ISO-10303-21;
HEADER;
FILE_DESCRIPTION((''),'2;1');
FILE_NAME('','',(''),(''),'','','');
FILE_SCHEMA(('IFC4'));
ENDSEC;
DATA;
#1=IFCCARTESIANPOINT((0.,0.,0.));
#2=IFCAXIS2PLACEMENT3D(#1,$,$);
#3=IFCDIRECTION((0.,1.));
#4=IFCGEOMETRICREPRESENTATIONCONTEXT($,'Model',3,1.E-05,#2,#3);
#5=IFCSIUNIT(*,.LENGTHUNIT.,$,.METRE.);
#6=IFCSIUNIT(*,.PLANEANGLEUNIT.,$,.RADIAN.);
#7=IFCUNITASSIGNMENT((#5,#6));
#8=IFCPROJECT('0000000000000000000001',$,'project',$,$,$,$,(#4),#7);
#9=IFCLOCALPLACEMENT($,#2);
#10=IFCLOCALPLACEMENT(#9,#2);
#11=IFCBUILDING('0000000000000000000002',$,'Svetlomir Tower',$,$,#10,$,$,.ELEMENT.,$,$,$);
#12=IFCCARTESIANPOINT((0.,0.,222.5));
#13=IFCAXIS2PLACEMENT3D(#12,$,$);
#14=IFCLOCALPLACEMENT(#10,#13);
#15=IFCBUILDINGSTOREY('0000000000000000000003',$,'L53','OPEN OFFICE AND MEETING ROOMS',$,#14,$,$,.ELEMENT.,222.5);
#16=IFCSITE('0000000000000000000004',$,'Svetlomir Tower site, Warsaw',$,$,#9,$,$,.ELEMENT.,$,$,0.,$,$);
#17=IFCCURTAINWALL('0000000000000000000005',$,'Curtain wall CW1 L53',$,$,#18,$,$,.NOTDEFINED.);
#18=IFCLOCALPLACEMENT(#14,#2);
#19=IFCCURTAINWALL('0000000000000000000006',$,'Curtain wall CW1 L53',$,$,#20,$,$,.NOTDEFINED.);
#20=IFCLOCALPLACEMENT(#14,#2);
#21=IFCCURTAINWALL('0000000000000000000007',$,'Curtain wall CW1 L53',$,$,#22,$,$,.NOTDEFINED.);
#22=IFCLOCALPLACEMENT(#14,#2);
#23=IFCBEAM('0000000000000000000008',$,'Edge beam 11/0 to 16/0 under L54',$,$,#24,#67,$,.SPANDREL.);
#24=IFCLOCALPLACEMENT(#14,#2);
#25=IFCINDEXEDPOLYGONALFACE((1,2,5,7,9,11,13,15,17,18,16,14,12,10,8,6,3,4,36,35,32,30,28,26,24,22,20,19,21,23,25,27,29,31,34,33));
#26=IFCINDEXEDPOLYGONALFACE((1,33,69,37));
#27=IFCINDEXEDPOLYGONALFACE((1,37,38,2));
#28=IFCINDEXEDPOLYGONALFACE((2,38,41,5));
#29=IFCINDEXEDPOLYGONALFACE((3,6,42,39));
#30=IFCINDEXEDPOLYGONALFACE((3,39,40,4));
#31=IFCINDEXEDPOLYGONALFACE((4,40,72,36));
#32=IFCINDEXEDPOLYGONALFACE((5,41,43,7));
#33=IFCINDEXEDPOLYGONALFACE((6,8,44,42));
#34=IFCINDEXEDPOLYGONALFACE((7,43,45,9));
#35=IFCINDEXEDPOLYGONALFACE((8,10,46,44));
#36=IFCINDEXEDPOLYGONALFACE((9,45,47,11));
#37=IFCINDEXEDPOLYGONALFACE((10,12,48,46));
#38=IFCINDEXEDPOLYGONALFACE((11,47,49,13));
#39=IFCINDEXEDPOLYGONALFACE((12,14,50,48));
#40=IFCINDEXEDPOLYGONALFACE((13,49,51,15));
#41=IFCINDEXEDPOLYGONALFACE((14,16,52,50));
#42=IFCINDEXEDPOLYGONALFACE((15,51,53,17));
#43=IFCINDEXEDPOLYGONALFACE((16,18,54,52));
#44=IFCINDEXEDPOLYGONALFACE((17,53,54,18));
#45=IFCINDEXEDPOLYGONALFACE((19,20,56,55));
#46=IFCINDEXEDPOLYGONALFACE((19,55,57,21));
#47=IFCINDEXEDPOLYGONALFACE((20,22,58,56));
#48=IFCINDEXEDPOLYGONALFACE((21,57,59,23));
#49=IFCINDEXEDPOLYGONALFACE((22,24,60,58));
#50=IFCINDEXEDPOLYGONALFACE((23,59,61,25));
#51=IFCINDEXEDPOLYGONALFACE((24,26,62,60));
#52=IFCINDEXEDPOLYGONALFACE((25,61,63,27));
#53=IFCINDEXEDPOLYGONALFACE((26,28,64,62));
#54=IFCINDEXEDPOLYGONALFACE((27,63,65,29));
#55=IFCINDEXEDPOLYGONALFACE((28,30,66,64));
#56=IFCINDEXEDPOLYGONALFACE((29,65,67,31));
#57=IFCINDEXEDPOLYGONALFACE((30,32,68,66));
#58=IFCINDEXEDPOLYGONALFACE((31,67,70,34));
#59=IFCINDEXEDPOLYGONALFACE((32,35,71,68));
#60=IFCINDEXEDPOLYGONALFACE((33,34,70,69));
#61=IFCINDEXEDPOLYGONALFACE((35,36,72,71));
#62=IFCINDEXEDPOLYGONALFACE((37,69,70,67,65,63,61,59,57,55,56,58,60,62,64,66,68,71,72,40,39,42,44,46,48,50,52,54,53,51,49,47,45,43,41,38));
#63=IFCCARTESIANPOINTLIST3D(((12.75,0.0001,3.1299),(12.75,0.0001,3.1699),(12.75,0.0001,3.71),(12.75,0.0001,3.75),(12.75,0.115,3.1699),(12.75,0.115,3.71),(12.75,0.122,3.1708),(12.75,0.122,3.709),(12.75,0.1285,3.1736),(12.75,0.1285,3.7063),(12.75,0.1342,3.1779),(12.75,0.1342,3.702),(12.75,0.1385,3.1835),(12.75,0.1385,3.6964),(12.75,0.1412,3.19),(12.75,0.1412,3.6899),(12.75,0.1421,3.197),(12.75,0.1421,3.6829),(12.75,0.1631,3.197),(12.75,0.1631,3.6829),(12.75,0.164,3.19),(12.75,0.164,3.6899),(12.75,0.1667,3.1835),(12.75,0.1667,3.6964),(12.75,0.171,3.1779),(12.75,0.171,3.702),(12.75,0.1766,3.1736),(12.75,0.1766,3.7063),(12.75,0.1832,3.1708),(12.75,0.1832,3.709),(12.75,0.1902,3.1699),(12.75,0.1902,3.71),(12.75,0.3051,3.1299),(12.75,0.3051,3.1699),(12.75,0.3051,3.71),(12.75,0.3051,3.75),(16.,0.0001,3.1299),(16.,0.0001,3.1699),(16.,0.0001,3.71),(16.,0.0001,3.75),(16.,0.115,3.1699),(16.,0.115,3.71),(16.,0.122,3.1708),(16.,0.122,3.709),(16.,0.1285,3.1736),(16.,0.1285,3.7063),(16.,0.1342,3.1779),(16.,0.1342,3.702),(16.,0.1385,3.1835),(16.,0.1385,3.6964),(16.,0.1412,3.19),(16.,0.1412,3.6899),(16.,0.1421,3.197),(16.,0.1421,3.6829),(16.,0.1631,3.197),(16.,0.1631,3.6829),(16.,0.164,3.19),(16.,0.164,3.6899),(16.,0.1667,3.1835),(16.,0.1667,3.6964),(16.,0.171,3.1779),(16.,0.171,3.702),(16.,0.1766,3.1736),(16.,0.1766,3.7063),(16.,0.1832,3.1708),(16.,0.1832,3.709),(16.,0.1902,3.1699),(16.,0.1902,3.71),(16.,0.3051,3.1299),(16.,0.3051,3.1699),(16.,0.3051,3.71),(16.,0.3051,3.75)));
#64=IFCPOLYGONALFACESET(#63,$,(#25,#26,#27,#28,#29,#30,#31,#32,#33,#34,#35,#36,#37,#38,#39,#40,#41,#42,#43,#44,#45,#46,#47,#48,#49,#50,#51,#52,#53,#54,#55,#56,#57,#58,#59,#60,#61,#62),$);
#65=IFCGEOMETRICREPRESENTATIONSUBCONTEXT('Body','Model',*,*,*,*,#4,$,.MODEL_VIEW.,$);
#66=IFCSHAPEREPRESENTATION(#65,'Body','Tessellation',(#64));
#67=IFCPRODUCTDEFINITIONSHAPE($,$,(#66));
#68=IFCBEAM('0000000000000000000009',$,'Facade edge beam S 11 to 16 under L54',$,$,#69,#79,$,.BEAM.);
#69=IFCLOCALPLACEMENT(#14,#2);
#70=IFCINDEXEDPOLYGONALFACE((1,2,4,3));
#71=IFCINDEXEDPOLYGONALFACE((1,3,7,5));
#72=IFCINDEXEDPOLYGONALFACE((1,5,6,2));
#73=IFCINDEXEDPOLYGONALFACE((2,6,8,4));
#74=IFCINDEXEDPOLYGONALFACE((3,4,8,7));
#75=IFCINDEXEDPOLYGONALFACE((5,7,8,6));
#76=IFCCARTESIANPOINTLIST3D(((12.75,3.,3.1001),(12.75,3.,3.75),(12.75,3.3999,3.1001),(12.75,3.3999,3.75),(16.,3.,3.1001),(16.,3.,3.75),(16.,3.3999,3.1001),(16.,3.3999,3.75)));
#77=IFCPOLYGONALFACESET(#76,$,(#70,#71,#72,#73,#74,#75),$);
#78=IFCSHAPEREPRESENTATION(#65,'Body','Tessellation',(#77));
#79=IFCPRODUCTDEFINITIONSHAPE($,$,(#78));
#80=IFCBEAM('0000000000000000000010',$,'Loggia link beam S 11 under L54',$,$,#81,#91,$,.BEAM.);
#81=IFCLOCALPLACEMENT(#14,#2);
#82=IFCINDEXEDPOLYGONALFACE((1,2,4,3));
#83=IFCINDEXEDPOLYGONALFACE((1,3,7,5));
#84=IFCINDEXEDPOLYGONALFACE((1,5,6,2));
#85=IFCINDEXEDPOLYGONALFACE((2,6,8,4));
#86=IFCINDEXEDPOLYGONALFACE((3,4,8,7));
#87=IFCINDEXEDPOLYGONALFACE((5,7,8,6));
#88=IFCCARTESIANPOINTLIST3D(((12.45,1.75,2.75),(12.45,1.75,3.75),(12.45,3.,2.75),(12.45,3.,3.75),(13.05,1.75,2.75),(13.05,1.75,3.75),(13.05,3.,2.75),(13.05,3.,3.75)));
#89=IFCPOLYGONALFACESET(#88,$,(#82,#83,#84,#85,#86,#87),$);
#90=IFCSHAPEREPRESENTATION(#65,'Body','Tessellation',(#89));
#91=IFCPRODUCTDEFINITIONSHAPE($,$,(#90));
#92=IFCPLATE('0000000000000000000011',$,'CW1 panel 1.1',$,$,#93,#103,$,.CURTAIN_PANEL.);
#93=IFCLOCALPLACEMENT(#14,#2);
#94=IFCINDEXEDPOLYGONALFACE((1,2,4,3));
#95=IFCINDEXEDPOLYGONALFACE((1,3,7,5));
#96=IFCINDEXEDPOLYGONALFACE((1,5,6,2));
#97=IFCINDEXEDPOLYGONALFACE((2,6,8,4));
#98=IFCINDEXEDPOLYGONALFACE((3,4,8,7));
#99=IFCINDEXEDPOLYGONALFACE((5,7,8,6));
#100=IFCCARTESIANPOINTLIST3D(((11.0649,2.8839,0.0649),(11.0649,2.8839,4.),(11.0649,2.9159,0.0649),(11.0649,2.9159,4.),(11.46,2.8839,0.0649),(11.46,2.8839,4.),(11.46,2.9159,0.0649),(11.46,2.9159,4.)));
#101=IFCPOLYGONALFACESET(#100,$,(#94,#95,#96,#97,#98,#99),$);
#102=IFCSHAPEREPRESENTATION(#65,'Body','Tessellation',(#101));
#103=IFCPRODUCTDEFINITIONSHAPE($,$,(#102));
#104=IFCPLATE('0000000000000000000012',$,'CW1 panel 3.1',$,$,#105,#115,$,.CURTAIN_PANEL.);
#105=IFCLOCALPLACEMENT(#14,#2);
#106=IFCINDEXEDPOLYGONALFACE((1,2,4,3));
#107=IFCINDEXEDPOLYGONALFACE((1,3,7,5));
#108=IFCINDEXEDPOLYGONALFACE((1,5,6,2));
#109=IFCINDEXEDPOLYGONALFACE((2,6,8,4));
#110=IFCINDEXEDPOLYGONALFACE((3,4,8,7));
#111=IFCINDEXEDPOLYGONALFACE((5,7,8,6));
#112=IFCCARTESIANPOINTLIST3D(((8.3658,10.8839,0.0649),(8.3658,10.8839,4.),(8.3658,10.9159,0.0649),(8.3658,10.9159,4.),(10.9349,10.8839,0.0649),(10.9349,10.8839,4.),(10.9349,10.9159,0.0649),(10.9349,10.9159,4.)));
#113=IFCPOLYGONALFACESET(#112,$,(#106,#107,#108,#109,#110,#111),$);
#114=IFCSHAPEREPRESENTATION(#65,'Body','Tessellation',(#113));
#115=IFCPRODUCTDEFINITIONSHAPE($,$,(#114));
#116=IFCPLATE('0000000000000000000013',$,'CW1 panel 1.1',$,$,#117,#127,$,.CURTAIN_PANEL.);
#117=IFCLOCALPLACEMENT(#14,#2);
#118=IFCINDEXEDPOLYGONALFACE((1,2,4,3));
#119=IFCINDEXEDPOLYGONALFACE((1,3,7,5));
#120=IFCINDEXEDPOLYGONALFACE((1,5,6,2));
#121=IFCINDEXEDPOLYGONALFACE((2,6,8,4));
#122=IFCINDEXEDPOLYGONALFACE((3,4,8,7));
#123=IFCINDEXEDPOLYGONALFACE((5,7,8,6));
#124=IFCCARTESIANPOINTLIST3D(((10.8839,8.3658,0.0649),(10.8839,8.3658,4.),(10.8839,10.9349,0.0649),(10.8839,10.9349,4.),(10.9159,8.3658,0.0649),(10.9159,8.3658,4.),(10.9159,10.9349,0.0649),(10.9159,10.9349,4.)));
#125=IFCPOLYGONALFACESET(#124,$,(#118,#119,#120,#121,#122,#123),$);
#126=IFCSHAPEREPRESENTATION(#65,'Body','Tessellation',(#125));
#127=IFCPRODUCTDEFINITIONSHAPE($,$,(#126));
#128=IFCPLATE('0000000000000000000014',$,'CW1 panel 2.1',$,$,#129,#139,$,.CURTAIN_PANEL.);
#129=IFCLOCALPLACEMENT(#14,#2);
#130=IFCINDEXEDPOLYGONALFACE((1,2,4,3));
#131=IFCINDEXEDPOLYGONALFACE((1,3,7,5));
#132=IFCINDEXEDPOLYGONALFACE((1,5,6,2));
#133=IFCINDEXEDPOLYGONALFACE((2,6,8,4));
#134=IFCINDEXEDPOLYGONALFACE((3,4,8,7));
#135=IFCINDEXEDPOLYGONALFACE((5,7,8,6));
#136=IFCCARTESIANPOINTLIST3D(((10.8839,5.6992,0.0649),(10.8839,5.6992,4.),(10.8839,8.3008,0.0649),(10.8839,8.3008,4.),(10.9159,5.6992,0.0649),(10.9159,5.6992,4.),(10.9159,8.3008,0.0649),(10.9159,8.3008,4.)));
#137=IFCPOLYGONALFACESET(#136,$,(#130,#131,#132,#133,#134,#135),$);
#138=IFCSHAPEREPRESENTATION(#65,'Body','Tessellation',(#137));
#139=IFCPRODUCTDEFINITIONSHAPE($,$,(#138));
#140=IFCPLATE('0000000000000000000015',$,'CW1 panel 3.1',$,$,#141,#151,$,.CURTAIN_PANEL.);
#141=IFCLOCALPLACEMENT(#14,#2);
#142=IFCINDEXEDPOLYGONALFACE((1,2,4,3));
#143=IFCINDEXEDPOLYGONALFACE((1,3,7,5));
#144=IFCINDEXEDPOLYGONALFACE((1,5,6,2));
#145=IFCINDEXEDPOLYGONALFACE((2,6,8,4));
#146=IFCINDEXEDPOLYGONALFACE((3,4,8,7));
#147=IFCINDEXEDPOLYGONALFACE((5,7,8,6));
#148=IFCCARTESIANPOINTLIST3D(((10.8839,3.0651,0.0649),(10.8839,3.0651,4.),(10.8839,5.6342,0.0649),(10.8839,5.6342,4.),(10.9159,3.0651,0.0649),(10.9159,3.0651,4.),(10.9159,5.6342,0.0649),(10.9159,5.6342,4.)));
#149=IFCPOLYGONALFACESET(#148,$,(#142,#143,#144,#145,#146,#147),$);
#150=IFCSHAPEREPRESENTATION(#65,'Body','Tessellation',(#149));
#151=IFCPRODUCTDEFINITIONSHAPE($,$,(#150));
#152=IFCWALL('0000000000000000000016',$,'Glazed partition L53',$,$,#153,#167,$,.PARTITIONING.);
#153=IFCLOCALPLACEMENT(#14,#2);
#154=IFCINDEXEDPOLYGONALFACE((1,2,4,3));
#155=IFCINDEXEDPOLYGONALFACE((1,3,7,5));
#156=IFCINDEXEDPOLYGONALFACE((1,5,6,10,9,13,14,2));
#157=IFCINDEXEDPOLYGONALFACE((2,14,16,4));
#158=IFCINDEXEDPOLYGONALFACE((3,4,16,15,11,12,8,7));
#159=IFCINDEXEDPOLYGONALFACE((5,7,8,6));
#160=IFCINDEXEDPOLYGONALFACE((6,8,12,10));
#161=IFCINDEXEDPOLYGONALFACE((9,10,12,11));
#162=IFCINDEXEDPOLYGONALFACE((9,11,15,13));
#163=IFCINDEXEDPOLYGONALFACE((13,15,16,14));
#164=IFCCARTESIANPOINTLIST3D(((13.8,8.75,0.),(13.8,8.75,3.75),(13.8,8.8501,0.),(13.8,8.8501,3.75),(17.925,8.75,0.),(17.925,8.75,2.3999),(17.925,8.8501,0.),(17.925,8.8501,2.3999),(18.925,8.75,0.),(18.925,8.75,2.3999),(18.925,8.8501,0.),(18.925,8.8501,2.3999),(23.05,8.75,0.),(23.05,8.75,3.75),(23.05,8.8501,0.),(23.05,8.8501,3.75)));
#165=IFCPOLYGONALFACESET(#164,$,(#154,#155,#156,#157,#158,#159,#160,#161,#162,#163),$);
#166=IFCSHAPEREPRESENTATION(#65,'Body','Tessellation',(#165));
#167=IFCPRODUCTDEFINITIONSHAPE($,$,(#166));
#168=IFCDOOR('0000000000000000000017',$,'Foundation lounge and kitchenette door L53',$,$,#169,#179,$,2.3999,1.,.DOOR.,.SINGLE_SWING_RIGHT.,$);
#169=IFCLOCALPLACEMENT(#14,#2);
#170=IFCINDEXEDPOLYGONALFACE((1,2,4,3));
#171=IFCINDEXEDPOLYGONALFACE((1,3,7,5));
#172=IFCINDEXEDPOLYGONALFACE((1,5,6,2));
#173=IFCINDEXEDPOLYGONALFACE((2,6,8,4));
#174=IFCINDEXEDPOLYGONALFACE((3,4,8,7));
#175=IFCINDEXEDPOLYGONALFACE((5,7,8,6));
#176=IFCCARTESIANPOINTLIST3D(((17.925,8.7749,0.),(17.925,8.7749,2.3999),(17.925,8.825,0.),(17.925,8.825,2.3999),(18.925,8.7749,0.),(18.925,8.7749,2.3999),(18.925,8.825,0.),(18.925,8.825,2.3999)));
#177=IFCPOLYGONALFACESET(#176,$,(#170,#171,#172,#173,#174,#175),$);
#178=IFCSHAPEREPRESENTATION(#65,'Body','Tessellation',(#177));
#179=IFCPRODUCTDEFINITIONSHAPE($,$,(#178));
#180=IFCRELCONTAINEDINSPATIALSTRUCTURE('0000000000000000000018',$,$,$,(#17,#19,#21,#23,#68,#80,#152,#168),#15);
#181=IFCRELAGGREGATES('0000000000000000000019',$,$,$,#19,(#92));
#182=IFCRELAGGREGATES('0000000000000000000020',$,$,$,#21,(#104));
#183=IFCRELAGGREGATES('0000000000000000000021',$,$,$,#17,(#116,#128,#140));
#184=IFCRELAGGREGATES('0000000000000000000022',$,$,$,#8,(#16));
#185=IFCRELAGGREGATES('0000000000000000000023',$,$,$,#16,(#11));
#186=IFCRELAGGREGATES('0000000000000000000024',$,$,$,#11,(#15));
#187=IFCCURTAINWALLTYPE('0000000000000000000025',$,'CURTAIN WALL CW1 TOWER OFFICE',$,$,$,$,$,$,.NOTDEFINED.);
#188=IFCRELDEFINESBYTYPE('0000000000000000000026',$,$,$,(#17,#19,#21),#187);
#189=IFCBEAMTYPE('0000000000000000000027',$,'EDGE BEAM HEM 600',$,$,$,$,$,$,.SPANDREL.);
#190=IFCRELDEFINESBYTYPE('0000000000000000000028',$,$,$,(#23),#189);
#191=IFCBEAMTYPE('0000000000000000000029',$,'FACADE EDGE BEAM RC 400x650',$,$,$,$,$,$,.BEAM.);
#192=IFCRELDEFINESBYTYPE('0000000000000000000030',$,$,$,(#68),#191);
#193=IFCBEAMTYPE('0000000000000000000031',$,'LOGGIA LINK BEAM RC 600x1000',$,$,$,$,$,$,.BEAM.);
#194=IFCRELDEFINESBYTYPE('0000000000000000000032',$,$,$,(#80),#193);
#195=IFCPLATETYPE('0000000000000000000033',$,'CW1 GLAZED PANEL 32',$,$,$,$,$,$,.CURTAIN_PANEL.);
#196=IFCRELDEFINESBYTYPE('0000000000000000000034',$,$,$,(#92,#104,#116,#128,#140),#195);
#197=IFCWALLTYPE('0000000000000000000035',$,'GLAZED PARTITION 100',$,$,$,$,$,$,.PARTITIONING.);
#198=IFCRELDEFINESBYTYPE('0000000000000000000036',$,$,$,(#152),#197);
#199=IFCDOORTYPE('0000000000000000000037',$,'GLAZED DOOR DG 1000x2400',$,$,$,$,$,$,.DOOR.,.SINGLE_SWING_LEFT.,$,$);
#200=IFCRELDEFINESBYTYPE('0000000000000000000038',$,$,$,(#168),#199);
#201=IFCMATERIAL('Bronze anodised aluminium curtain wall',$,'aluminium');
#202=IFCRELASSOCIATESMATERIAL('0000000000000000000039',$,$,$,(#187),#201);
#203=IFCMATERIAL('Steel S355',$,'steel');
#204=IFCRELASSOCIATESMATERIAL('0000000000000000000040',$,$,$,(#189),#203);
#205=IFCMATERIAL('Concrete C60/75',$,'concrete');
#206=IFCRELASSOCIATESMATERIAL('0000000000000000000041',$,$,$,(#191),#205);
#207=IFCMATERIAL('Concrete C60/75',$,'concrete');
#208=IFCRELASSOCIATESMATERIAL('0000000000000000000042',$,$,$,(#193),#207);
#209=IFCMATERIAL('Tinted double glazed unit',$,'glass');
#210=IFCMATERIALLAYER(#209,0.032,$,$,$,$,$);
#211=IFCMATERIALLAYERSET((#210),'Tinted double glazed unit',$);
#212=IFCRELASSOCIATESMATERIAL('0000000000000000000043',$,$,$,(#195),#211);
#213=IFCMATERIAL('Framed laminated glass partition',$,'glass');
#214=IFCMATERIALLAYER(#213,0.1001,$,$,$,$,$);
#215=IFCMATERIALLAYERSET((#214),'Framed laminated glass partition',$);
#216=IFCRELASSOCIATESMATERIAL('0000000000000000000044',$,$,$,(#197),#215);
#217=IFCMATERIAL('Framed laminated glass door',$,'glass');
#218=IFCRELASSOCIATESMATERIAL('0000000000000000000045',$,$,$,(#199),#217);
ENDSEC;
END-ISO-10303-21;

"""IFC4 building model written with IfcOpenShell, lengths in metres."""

from ifc_helpers import new_model, si_unit, direction, frame, frame_2d, origin, origin_2d, place, context, subcontext, project, spatial, rectangle, i_section, extrude, material, layer, layer_set, material_profile, profile_set, type_object, element, fill, aggregate, save


model = new_model("IFC4")

# Units and contexts
model_context = context("Model", 3, precision=1e-05, world=origin(), true_north=direction((0.0, 1.0)))
body_context = subcontext(model_context, "Body", "Model", "MODEL_VIEW")
ifc_project = project(units=[si_unit("LENGTHUNIT", "METRE"), si_unit("PLANEANGLEUNIT", "RADIAN")], contexts=[model_context])

# Site, building, storey
site_placement = place(None, origin())
site = spatial("IfcSite", under=ifc_project, at=site_placement, Name="Svetlomir Tower site, Warsaw", CompositionType="ELEMENT", RefElevation=0.0)
building_placement = place(site_placement, origin())
building = spatial("IfcBuilding", under=site, at=building_placement, Name="Svetlomir Tower", CompositionType="ELEMENT")
storey_placement = place(building_placement, frame((0.0, 0.0, 222.5)))
storey = spatial("IfcBuildingStorey", under=building, at=storey_placement, Name="L53", Description="OPEN OFFICE AND MEETING ROOMS", CompositionType="ELEMENT", Elevation=222.5)

# Curtain wall
ifc_material_1 = material(Name="Bronze anodised aluminium curtain wall", Category="aluminium")
curtain_wall_type = type_object("IfcCurtainWallType", Name="CURTAIN WALL CW1 TOWER OFFICE", PredefinedType="NOTDEFINED", material=ifc_material_1)
curtain_wall_1_placement = place(storey_placement, origin())
curtain_wall_1 = element("IfcCurtainWall", 1, at=curtain_wall_1_placement, inside=storey, type_object=curtain_wall_type, Name="Curtain wall CW1 L53", PredefinedType="NOTDEFINED")

# Curtain wall
curtain_wall_2_placement = place(storey_placement, origin())
curtain_wall_2 = element("IfcCurtainWall", 2, at=curtain_wall_2_placement, inside=storey, type_object=curtain_wall_type, Name="Curtain wall CW1 L53", PredefinedType="NOTDEFINED")

# Curtain wall
curtain_wall_3_placement = place(storey_placement, origin())
curtain_wall_3 = element("IfcCurtainWall", 3, at=curtain_wall_3_placement, inside=storey, type_object=curtain_wall_type, Name="Curtain wall CW1 L53", PredefinedType="NOTDEFINED")

# Beams
ifc_material_2 = material(Name="Steel S355", Category="steel")
ifc_material_profile_1 = material_profile(ifc_material_2, i_section(OverallWidth=0.3049, OverallDepth=0.6201, WebThickness=0.021, FlangeThickness=0.04, FilletRadius=0.0271, at=origin_2d()), Name="HEM 600")
ifc_profile_set_1 = profile_set([ifc_material_profile_1], Name="Steel S355")
beam_type_1 = type_object("IfcBeamType", Name="EDGE BEAM HEM 600", PredefinedType="SPANDREL", material=ifc_profile_set_1)
beam_1_placement = place(storey_placement, frame((12.75, 0.1526, 3.4399), z_axis=(1.0, 0.0, 0.0), x_axis=(0.0, 1.0, 0.0)))
element("IfcBeam", 4, at=beam_1_placement, inside=storey, type_object=beam_type_1, Name="Edge beam 11/0 to 16/0 under L54", PredefinedType="SPANDREL", context=body_context, shape_type="SweptSolid", body=[
    extrude(i_section(OverallWidth=0.3049, OverallDepth=0.6201, WebThickness=0.021, FlangeThickness=0.04, FilletRadius=0.0271, at=origin_2d()), origin(), (0.0, 0.0, 1.0), 3.25),
])
ifc_material_3 = material(Name="Concrete C60/75", Category="concrete")
ifc_material_profile_2 = material_profile(ifc_material_3, rectangle(XDim=0.3999, YDim=0.6499, at=origin_2d()), Name="RC 400x650")
ifc_profile_set_2 = profile_set([ifc_material_profile_2], Name="Concrete C60/75")
beam_type_2 = type_object("IfcBeamType", Name="FACADE EDGE BEAM RC 400x650", PredefinedType="BEAM", material=ifc_profile_set_2)
beam_2_placement = place(storey_placement, frame((12.75, 3.2, 3.425), z_axis=(1.0, 0.0, 0.0), x_axis=(0.0, 1.0, 0.0)))
element("IfcBeam", 5, at=beam_2_placement, inside=storey, type_object=beam_type_2, Name="Facade edge beam S 11 to 16 under L54", PredefinedType="BEAM", context=body_context, shape_type="SweptSolid", body=[
    extrude(rectangle(XDim=0.3999, YDim=0.6499, at=origin_2d()), origin(), (0.0, 0.0, 1.0), 3.25),
])
ifc_material_4 = material(Name="Concrete C60/75", Category="concrete")
ifc_material_profile_3 = material_profile(ifc_material_4, rectangle(XDim=0.6001, YDim=1.0, at=origin_2d()), Name="RC 600x1000")
ifc_profile_set_3 = profile_set([ifc_material_profile_3], Name="Concrete C60/75")
beam_type_3 = type_object("IfcBeamType", Name="LOGGIA LINK BEAM RC 600x1000", PredefinedType="BEAM", material=ifc_profile_set_3)
beam_3_placement = place(storey_placement, frame((12.75, 1.75, 3.25), z_axis=(0.0, 1.0, 0.0), x_axis=(-1.0, 0.0, 0.0)))
element("IfcBeam", 6, at=beam_3_placement, inside=storey, type_object=beam_type_3, Name="Loggia link beam S 11 under L54", PredefinedType="BEAM", context=body_context, shape_type="SweptSolid", body=[
    extrude(rectangle(XDim=0.6001, YDim=1.0, at=origin_2d()), origin(), (0.0, 0.0, 1.0), 1.25),
])

# Plates
ifc_material_5 = material(Name="Tinted double glazed unit", Category="glass")
ifc_layer_1 = layer(ifc_material_5, 0.032)
ifc_layer_set_1 = layer_set([ifc_layer_1], Name="Tinted double glazed unit")
plate_type = type_object("IfcPlateType", Name="CW1 GLAZED PANEL 32", PredefinedType="CURTAIN_PANEL", material=ifc_layer_set_1)
plate_1_placement = place(storey_placement, frame((11.2625, 2.8999, 0.0649), z_axis=(0.0, 0.0, 1.0), x_axis=(1.0, 0.0, 0.0)))
plate_1 = element("IfcPlate", 7, at=plate_1_placement, type_object=plate_type, Name="CW1 panel 1.1", PredefinedType="CURTAIN_PANEL", context=body_context, shape_type="SweptSolid", body=[
    extrude(rectangle(XDim=0.395, YDim=0.032, at=origin_2d()), origin(), (0.0, 0.0, 1.0), 3.9351),
])
aggregate(curtain_wall_2, [plate_1])
plate_2_placement = place(storey_placement, frame((9.6504, 10.8999, 0.0649), z_axis=(0.0, 0.0, 1.0), x_axis=(1.0, 0.0, 0.0)))
plate_2 = element("IfcPlate", 8, at=plate_2_placement, type_object=plate_type, Name="CW1 panel 3.1", PredefinedType="CURTAIN_PANEL", context=body_context, shape_type="SweptSolid", body=[
    extrude(rectangle(XDim=2.5691, YDim=0.032, at=origin_2d()), origin(), (0.0, 0.0, 1.0), 3.9351),
])
aggregate(curtain_wall_3, [plate_2])
plate_3_placement = place(storey_placement, frame((10.8999, 9.6504, 0.0649), z_axis=(0.0, 0.0, 1.0), x_axis=(0.0, -1.0, 0.0)))
plate_3 = element("IfcPlate", 9, at=plate_3_placement, type_object=plate_type, Name="CW1 panel 1.1", PredefinedType="CURTAIN_PANEL", context=body_context, shape_type="SweptSolid", body=[
    extrude(rectangle(XDim=2.5691, YDim=0.032, at=origin_2d()), origin(), (0.0, 0.0, 1.0), 3.9351),
])
plate_4_placement = place(storey_placement, frame((10.8999, 7.0, 0.0649), z_axis=(0.0, 0.0, 1.0), x_axis=(0.0, -1.0, 0.0)))
plate_4 = element("IfcPlate", 10, at=plate_4_placement, type_object=plate_type, Name="CW1 panel 2.1", PredefinedType="CURTAIN_PANEL", context=body_context, shape_type="SweptSolid", body=[
    extrude(rectangle(XDim=2.6016, YDim=0.032, at=origin_2d()), origin(), (0.0, 0.0, 1.0), 3.9351),
])
plate_5_placement = place(storey_placement, frame((10.8999, 4.3496, 0.0649), z_axis=(0.0, 0.0, 1.0), x_axis=(0.0, -1.0, 0.0)))
plate_5 = element("IfcPlate", 11, at=plate_5_placement, type_object=plate_type, Name="CW1 panel 3.1", PredefinedType="CURTAIN_PANEL", context=body_context, shape_type="SweptSolid", body=[
    extrude(rectangle(XDim=2.5691, YDim=0.032, at=origin_2d()), origin(), (0.0, 0.0, 1.0), 3.9351),
])
aggregate(curtain_wall_1, [plate_3, plate_4, plate_5])

# Wall, opening, door
ifc_material_6 = material(Name="Framed laminated glass partition", Category="glass")
ifc_layer_2 = layer(ifc_material_6, 0.1001)
ifc_layer_set_2 = layer_set([ifc_layer_2], Name="Framed laminated glass partition")
wall_type_1 = type_object("IfcWallType", Name="GLAZED PARTITION 100", PredefinedType="PARTITIONING", material=ifc_layer_set_2)
wall_1_placement = place(storey_placement, frame((13.8, 8.8, 0.0), z_axis=(0.0, 0.0, 1.0), x_axis=(1.0, 0.0, 0.0)))
wall_1 = element("IfcWall", 12, at=wall_1_placement, inside=storey, type_object=wall_type_1, Name="Glazed partition L53", PredefinedType="PARTITIONING", context=body_context, shape_type="SweptSolid", body=[
    extrude(rectangle(XDim=9.25, YDim=0.1001, at=frame_2d((4.625, 0.0))), origin(), (0.0, 0.0, 1.0), 3.75),
])
opening_1_placement = place(wall_1_placement, frame((4.125, 0.0, 0.0)))
opening_1 = element("IfcOpeningElement", 13, at=opening_1_placement, cuts=wall_1, PredefinedType="OPENING", context=body_context, shape_type="SweptSolid", body=[
    extrude(rectangle(XDim=1.0, YDim=2.3999, at=frame_2d((0.5, 1.2))), frame((0.0, 0.0601, 0.0), z_axis=(0.0, -1.0, 0.0), x_axis=(1.0, 0.0, 0.0)), (0.0, 0.0, 1.0), 0.1201),
])
ifc_material_7 = material(Name="Framed laminated glass door", Category="glass")
door_type_1 = type_object("IfcDoorType", Name="GLAZED DOOR DG 1000x2400", OperationType="SINGLE_SWING_LEFT", PredefinedType="DOOR", material=ifc_material_7)
door_1_placement = place(opening_1_placement, origin())
door_1 = element("IfcDoor", 14, at=door_1_placement, inside=storey, type_object=door_type_1, Name="Foundation lounge and kitchenette door L53", OperationType="SINGLE_SWING_RIGHT", OverallHeight=2.3999, OverallWidth=1.0, PredefinedType="DOOR", context=body_context, shape_type="SweptSolid", body=[
    extrude(rectangle(XDim=1.0, YDim=2.3999, at=frame_2d((0.5, 1.2))), frame((0.0, 0.0249, 0.0), z_axis=(0.0, -1.0, 0.0), x_axis=(1.0, 0.0, 0.0)), (0.0, 0.0, 1.0), 0.05),
])
fill(opening_1, door_1)

save(model, "model.ifc")
